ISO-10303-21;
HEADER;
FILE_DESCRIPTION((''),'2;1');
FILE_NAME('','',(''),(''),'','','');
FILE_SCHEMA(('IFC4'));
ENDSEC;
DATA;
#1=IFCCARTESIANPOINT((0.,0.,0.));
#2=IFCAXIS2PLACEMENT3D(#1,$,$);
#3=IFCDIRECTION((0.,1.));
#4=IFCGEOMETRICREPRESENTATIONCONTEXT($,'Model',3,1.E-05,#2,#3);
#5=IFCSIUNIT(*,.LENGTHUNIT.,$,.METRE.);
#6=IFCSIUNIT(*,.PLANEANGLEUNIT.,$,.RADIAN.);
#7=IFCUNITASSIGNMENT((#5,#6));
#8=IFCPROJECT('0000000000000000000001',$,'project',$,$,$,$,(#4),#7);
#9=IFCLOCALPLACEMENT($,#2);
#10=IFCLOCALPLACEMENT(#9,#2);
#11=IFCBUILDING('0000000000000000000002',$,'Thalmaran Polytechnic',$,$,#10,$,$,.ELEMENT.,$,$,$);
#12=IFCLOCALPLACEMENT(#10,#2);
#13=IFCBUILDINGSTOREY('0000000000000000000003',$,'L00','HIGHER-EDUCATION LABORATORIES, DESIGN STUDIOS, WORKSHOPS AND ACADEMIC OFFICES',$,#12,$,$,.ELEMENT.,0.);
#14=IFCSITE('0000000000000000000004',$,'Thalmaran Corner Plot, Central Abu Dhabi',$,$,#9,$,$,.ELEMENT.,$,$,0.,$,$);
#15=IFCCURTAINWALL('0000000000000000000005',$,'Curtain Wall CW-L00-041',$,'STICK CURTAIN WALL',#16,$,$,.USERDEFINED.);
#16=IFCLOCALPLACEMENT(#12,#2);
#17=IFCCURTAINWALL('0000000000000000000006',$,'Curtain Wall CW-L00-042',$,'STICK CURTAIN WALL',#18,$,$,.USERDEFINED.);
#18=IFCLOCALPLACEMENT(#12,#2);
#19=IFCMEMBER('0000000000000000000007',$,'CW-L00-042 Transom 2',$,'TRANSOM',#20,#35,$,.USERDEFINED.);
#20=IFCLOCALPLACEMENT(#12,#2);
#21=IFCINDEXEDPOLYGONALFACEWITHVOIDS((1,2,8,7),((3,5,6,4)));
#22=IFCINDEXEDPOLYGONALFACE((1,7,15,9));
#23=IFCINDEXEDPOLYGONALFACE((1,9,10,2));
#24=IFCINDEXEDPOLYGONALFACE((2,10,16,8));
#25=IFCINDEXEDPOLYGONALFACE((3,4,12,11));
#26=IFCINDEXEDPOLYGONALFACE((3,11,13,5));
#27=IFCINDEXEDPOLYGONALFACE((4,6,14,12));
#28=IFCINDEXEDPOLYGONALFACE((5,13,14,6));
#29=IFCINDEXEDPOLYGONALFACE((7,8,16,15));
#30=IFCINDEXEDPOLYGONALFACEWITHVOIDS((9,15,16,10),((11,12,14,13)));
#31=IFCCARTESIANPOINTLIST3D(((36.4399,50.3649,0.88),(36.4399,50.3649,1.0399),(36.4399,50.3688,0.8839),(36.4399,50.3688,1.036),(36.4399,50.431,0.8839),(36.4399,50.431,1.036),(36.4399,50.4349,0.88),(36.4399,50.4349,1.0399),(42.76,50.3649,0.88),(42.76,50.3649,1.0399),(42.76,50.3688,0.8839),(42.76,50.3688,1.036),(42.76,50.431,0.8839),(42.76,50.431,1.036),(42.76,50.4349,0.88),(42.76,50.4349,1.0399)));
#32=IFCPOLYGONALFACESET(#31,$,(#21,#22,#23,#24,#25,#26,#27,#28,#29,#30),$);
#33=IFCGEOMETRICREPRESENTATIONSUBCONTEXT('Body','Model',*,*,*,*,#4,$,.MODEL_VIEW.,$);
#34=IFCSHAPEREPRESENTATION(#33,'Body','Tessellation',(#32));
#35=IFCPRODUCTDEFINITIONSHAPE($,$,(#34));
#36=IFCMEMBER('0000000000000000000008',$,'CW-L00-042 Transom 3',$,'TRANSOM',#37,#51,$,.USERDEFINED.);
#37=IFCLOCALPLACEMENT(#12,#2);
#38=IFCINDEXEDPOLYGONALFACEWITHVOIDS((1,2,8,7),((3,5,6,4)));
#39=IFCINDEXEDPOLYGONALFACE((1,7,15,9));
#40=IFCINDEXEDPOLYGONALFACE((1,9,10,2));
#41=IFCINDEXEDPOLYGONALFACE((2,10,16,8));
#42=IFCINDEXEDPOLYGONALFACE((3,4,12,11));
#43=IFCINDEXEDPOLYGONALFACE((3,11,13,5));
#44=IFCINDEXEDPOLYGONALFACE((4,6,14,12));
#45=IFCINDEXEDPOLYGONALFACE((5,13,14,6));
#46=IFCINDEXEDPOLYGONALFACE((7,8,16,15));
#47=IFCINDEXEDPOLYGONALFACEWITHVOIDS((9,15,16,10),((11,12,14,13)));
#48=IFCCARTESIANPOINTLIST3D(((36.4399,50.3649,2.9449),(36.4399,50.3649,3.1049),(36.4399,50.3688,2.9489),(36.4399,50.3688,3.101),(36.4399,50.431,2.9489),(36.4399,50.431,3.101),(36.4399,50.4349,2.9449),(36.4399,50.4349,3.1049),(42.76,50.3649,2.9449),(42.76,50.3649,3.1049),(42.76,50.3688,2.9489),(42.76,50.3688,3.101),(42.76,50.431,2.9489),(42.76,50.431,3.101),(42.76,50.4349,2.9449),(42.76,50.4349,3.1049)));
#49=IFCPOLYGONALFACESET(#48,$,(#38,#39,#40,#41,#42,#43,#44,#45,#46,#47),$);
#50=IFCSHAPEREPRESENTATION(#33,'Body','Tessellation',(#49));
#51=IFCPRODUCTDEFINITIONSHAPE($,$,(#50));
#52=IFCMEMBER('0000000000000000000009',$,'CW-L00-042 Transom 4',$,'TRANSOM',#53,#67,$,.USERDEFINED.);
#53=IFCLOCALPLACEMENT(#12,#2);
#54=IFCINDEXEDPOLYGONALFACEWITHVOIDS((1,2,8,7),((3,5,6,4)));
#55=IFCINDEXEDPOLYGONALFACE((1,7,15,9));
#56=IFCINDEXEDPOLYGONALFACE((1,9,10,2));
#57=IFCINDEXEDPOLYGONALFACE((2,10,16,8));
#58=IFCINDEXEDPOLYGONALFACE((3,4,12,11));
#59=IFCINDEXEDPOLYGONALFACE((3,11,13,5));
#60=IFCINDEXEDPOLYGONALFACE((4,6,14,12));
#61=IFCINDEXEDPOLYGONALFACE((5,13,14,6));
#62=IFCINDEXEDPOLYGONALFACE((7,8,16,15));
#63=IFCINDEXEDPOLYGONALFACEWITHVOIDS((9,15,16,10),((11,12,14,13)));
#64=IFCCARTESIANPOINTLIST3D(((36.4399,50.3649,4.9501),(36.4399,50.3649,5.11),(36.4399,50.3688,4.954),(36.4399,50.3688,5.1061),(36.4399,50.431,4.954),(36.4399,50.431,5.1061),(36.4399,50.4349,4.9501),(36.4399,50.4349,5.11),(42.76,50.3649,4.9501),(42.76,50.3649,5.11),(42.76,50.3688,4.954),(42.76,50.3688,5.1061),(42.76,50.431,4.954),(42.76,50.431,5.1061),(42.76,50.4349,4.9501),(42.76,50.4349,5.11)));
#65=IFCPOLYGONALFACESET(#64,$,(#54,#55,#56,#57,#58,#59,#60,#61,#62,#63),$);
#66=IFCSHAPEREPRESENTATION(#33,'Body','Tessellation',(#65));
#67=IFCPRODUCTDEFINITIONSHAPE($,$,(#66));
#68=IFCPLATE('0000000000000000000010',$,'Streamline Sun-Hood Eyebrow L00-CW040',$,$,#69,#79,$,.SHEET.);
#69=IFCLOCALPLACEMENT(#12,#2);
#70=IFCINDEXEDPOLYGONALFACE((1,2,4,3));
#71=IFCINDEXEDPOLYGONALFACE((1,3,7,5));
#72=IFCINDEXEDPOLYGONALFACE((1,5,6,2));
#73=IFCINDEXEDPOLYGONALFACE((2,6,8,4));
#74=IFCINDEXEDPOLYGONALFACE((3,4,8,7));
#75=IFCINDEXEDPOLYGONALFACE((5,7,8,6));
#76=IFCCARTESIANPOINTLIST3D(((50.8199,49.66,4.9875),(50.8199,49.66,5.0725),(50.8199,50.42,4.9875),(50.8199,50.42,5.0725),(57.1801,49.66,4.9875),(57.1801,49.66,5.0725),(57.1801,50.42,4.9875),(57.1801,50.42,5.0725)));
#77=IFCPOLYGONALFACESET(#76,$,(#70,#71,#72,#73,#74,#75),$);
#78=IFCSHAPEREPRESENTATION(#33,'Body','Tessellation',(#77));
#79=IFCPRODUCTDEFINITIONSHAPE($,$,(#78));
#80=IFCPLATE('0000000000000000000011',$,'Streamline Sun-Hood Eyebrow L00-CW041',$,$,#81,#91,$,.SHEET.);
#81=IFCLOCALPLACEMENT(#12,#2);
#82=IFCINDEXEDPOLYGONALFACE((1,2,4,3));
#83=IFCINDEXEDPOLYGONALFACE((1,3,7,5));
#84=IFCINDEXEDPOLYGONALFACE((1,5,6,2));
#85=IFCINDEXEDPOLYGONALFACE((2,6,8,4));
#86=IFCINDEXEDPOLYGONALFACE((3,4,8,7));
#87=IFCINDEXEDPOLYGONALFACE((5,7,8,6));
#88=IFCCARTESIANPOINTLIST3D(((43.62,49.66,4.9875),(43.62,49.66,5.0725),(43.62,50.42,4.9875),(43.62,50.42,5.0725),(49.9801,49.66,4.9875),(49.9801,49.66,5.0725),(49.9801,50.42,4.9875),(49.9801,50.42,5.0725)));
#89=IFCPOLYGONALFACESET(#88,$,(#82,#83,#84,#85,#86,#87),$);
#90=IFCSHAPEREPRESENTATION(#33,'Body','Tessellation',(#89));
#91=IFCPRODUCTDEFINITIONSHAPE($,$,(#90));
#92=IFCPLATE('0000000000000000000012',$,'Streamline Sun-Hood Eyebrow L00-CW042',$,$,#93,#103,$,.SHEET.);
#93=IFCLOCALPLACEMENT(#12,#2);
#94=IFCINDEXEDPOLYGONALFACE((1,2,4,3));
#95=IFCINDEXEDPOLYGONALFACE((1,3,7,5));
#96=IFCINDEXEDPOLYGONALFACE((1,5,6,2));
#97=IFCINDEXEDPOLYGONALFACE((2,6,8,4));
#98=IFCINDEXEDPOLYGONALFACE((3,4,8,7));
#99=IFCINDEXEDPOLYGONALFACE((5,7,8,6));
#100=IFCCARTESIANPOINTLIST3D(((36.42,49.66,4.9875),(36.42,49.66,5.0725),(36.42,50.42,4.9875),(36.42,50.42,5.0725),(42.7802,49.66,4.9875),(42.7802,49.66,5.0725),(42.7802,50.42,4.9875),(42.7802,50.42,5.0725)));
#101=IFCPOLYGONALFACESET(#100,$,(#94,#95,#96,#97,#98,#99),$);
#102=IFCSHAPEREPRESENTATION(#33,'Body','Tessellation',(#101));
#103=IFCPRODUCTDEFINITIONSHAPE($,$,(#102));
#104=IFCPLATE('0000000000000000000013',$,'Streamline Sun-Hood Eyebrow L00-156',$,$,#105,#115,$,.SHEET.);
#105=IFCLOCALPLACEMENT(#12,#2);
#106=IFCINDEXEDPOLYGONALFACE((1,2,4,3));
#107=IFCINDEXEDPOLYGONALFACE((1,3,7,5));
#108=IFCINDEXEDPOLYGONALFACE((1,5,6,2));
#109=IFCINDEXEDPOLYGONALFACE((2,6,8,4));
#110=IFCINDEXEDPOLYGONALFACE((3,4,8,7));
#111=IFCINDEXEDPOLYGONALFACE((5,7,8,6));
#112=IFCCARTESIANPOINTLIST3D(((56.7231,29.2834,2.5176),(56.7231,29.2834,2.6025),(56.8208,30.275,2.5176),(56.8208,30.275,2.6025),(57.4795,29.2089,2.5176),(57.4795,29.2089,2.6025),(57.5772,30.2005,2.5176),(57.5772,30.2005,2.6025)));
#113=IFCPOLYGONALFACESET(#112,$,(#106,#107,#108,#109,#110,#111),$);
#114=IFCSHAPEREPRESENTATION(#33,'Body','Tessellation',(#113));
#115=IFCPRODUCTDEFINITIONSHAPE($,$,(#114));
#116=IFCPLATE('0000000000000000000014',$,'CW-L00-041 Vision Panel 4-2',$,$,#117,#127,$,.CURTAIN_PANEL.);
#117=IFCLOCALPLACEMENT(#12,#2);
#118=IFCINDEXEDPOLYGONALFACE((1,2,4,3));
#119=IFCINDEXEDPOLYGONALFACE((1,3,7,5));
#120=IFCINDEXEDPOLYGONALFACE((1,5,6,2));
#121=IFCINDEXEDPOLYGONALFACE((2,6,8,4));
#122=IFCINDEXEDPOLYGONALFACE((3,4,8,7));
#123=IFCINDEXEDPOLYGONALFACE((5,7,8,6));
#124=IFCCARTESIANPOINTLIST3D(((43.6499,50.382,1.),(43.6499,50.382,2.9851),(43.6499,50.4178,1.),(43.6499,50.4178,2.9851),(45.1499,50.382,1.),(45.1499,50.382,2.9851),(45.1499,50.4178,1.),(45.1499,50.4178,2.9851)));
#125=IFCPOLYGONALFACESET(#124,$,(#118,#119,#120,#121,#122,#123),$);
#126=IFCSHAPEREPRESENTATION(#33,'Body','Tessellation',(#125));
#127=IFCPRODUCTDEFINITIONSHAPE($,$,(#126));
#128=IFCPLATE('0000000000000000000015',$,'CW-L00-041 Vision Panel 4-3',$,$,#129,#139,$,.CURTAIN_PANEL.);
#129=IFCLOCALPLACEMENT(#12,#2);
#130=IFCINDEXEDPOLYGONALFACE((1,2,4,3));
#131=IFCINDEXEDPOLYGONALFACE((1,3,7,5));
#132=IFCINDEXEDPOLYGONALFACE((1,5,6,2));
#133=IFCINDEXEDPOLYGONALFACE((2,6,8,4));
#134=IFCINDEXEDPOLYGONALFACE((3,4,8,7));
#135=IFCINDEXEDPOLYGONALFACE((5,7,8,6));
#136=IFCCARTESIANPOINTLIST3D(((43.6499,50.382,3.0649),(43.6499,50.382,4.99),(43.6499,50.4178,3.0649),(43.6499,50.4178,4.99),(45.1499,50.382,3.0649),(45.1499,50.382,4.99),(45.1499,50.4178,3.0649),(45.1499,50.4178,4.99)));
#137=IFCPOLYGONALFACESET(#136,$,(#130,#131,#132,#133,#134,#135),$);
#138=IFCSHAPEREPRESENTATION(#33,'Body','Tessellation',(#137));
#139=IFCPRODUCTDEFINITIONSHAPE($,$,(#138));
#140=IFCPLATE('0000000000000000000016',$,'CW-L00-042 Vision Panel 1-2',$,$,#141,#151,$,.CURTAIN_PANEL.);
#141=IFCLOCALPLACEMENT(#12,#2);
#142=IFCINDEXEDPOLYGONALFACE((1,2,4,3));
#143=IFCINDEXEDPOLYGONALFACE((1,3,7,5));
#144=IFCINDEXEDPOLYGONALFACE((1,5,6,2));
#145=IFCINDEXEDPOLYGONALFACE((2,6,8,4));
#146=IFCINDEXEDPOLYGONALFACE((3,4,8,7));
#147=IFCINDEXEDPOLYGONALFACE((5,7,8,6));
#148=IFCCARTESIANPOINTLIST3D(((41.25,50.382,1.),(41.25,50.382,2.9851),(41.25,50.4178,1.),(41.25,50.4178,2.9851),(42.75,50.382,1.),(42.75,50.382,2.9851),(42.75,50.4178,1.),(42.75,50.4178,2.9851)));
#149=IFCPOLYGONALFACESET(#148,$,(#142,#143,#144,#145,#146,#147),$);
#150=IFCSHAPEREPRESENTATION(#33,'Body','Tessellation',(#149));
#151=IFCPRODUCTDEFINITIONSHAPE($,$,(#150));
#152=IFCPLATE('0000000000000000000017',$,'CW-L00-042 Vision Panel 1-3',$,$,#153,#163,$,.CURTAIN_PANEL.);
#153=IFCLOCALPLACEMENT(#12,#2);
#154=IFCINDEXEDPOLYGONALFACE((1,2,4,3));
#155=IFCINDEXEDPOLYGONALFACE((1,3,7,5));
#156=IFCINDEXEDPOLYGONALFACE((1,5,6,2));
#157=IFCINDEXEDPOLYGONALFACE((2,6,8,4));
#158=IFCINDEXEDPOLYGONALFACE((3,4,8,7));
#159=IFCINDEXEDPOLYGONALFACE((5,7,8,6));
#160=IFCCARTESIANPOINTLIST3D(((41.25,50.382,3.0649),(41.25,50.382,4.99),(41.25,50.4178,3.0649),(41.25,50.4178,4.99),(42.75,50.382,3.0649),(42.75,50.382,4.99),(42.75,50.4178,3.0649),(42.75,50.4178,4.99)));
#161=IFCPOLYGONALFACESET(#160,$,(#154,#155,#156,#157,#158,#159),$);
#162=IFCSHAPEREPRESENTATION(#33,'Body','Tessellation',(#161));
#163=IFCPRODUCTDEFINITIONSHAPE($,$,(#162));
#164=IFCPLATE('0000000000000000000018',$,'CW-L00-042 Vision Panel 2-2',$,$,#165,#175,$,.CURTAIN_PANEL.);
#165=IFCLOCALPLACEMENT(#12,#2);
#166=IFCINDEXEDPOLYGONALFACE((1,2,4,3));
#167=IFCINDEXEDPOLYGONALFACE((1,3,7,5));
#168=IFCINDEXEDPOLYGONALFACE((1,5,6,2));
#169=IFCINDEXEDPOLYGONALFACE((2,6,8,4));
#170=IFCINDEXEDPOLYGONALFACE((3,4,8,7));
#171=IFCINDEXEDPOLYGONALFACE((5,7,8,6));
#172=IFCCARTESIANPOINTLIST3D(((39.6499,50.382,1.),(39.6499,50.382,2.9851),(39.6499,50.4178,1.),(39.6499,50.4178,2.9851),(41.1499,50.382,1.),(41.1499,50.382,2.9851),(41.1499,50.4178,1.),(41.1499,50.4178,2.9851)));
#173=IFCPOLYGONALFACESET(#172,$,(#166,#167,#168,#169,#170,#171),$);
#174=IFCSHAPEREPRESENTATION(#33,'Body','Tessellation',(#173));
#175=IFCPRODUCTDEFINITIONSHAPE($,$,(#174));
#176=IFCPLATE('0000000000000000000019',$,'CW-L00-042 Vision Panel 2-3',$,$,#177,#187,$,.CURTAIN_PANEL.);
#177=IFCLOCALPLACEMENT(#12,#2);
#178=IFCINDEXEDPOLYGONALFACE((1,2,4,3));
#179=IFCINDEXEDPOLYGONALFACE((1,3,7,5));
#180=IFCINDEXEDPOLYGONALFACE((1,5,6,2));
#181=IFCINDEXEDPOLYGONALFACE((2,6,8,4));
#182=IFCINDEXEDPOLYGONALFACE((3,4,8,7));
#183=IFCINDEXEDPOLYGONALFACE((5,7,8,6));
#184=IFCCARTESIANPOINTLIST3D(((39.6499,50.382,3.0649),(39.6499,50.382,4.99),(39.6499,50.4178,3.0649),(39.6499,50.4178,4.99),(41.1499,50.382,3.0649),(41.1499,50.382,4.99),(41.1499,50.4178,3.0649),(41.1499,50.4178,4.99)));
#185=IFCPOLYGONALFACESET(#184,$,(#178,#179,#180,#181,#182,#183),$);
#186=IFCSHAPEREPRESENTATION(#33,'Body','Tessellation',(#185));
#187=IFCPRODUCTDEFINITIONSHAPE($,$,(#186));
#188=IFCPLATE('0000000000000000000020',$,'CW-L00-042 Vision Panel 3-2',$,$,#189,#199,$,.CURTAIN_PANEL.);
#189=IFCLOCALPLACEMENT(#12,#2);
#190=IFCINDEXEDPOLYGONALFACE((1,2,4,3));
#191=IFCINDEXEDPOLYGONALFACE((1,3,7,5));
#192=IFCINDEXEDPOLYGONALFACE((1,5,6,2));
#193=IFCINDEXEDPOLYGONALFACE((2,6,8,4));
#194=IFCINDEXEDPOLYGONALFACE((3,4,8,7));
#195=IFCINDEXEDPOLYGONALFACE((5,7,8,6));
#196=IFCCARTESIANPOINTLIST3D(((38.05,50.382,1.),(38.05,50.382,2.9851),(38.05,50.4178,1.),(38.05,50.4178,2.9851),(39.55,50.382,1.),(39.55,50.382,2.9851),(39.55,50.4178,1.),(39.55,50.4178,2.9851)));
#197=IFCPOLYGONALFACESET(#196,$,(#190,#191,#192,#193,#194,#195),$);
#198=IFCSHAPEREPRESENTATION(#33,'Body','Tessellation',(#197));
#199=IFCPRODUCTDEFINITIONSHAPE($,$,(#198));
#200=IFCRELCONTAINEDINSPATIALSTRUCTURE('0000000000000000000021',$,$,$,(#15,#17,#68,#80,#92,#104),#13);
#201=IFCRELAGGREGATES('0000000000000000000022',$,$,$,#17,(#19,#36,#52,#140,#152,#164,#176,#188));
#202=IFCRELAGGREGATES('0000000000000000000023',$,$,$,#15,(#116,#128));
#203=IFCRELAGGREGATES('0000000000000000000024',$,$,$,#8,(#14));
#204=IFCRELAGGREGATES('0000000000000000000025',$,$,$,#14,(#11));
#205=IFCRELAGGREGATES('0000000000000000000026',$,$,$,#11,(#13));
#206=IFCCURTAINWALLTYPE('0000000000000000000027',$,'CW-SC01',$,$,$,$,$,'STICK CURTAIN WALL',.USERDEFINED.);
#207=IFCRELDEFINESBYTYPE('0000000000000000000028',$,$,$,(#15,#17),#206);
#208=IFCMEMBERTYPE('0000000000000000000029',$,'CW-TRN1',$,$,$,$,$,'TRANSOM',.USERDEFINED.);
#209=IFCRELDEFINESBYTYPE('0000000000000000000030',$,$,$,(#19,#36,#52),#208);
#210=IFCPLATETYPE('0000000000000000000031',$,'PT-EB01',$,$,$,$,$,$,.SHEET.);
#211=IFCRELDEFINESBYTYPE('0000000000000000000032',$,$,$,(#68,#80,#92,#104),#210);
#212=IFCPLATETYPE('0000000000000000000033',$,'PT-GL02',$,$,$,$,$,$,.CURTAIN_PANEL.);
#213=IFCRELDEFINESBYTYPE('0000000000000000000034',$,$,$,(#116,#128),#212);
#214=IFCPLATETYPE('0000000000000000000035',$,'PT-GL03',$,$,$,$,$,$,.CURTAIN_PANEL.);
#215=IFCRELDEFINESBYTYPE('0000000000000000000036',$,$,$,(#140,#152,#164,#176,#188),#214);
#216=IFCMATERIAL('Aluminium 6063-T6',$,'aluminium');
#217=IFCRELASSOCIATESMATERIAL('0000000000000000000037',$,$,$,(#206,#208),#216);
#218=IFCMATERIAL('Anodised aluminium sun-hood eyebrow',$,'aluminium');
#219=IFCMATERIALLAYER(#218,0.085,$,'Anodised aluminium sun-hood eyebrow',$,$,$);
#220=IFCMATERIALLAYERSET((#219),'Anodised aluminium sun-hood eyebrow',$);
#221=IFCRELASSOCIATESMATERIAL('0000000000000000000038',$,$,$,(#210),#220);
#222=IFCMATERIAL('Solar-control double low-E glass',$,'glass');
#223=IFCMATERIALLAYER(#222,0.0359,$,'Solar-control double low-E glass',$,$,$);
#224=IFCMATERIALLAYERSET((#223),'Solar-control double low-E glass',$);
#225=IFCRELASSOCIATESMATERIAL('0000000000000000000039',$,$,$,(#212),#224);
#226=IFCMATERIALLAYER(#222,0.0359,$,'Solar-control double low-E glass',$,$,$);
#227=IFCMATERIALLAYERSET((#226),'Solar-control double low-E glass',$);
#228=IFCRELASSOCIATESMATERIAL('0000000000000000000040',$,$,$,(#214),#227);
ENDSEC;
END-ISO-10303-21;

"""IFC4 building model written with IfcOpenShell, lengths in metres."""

from ifc_helpers import new_model, si_unit, direction, frame, origin, origin_2d, place, context, subcontext, project, spatial, rectangle, hollow_rectangle, extrude, material, layer, layer_set, material_profile, profile_set, type_object, element, aggregate, save


model = new_model("IFC4")

# Units and contexts
model_context = context("Model", 3, precision=1e-05, world=origin(), true_north=direction((0.0, 1.0)))
body_context = subcontext(model_context, "Body", "Model", "MODEL_VIEW")
ifc_project = project(units=[si_unit("LENGTHUNIT", "METRE"), si_unit("PLANEANGLEUNIT", "RADIAN")], contexts=[model_context])

# Site, building, storey
site_placement = place(None, origin())
site = spatial("IfcSite", under=ifc_project, at=site_placement, Name="Thalmaran Corner Plot, Central Abu Dhabi", CompositionType="ELEMENT", RefElevation=0.0)
building_placement = place(site_placement, origin())
building = spatial("IfcBuilding", under=site, at=building_placement, Name="Thalmaran Polytechnic", CompositionType="ELEMENT")
storey_placement = place(building_placement, origin())
storey = spatial("IfcBuildingStorey", under=building, at=storey_placement, Name="L00", Description="HIGHER-EDUCATION LABORATORIES, DESIGN STUDIOS, WORKSHOPS AND ACADEMIC OFFICES", CompositionType="ELEMENT", Elevation=0.0)

# Curtain walls, members
ifc_material_1 = material(Name="Aluminium 6063-T6", Category="aluminium")
curtain_wall_type = type_object("IfcCurtainWallType", Name="CW-SC01", ElementType="STICK CURTAIN WALL", PredefinedType="USERDEFINED", material=ifc_material_1)
curtain_wall_1_placement = place(storey_placement, origin())
curtain_wall_1 = element("IfcCurtainWall", 1, at=curtain_wall_1_placement, inside=storey, type_object=curtain_wall_type, Name="Curtain Wall CW-L00-041", ObjectType="STICK CURTAIN WALL", PredefinedType="USERDEFINED")
curtain_wall_2_placement = place(storey_placement, origin())
curtain_wall_2 = element("IfcCurtainWall", 2, at=curtain_wall_2_placement, inside=storey, type_object=curtain_wall_type, Name="Curtain Wall CW-L00-042", ObjectType="STICK CURTAIN WALL", PredefinedType="USERDEFINED")
ifc_material_profile_1 = material_profile(ifc_material_1, hollow_rectangle(XDim=0.0701, YDim=0.1599, WallThickness=0.0039, at=origin_2d()), Name="AL 160x70x4.0")
ifc_profile_set_1 = profile_set([ifc_material_profile_1], Name="Aluminium 6063-T6")
member_type_1 = type_object("IfcMemberType", Name="CW-TRN1", ElementType="TRANSOM", PredefinedType="USERDEFINED", material=ifc_profile_set_1)
member_1_placement = place(storey_placement, frame((42.76, 50.3999, 0.96), z_axis=(-1.0, 0.0, 0.0), x_axis=(0.0, -1.0, 0.0)))
member_1 = element("IfcMember", 3, at=member_1_placement, type_object=member_type_1, Name="CW-L00-042 Transom 2", ObjectType="TRANSOM", PredefinedType="USERDEFINED", context=body_context, shape_type="SweptSolid", body=[
    extrude(hollow_rectangle(XDim=0.0701, YDim=0.1599, WallThickness=0.0039, at=origin_2d()), origin(), (0.0, 0.0, 1.0), 6.3201),
])
member_2_placement = place(storey_placement, frame((42.76, 50.3999, 3.0249), z_axis=(-1.0, 0.0, 0.0), x_axis=(0.0, -1.0, 0.0)))
member_2 = element("IfcMember", 4, at=member_2_placement, type_object=member_type_1, Name="CW-L00-042 Transom 3", ObjectType="TRANSOM", PredefinedType="USERDEFINED", context=body_context, shape_type="SweptSolid", body=[
    extrude(hollow_rectangle(XDim=0.0701, YDim=0.1599, WallThickness=0.0039, at=origin_2d()), origin(), (0.0, 0.0, 1.0), 6.3201),
])
member_3_placement = place(storey_placement, frame((42.76, 50.3999, 5.03), z_axis=(-1.0, 0.0, 0.0), x_axis=(0.0, -1.0, 0.0)))
member_3 = element("IfcMember", 5, at=member_3_placement, type_object=member_type_1, Name="CW-L00-042 Transom 4", ObjectType="TRANSOM", PredefinedType="USERDEFINED", context=body_context, shape_type="SweptSolid", body=[
    extrude(hollow_rectangle(XDim=0.0701, YDim=0.1599, WallThickness=0.0039, at=origin_2d()), origin(), (0.0, 0.0, 1.0), 6.3201),
])

# Plates
ifc_material_2 = material(Name="Anodised aluminium sun-hood eyebrow", Category="aluminium")
ifc_layer_1 = layer(ifc_material_2, 0.085, Name="Anodised aluminium sun-hood eyebrow")
ifc_layer_set_1 = layer_set([ifc_layer_1], Name="Anodised aluminium sun-hood eyebrow")
plate_type_1 = type_object("IfcPlateType", Name="PT-EB01", PredefinedType="SHEET", material=ifc_layer_set_1)
for number, where, z_axis, x_axis, name in (
    (6, (54.0, 50.04, 4.9875), (0.0, 0.0, 1.0), (-1.0, 0.0, 0.0), "Streamline Sun-Hood Eyebrow L00-CW040"),
    (7, (46.8, 50.04, 4.9875), (0.0, 0.0, 1.0), (-1.0, 0.0, 0.0), "Streamline Sun-Hood Eyebrow L00-CW041"),
    (8, (39.6001, 50.04, 4.9875), (0.0, 0.0, 1.0), (-1.0, 0.0, 0.0), "Streamline Sun-Hood Eyebrow L00-CW042"),
):
    element("IfcPlate", number, at=place(storey_placement, frame(where, z_axis=z_axis, x_axis=x_axis)), inside=storey, type_object=plate_type_1, Name=name, PredefinedType="SHEET", context=body_context, shape_type="SweptSolid", body=[
        extrude(rectangle(XDim=6.3601, YDim=0.76, at=origin_2d()), origin(), (0.0, 0.0, 1.0), 0.085),
    ])
plate_1_placement = place(storey_placement, frame((57.1501, 29.7419, 2.5176), z_axis=(0.0, 0.0, 1.0), x_axis=(0.098017, 0.995185, 0.0)))
element("IfcPlate", 9, at=plate_1_placement, inside=storey, type_object=plate_type_1, Name="Streamline Sun-Hood Eyebrow L00-156", PredefinedType="SHEET", context=body_context, shape_type="SweptSolid", body=[
    extrude(rectangle(XDim=0.9963, YDim=0.76, at=origin_2d()), origin(), (0.0, 0.0, 1.0), 0.085),
])

# Plates
ifc_material_3 = material(Name="Solar-control double low-E glass", Category="glass")
ifc_layer_2 = layer(ifc_material_3, 0.0359, Name="Solar-control double low-E glass")
ifc_layer_set_2 = layer_set([ifc_layer_2], Name="Solar-control double low-E glass")
plate_type_2 = type_object("IfcPlateType", Name="PT-GL02", PredefinedType="CURTAIN_PANEL", material=ifc_layer_set_2)
plate_2_placement = place(storey_placement, frame((44.3999, 50.3999, 1.0), z_axis=(0.0, 0.0, 1.0), x_axis=(-1.0, 0.0, 0.0)))
plate_2 = element("IfcPlate", 10, at=plate_2_placement, type_object=plate_type_2, Name="CW-L00-041 Vision Panel 4-2", PredefinedType="CURTAIN_PANEL", context=body_context, shape_type="SweptSolid", body=[
    extrude(rectangle(XDim=1.5, YDim=0.0359, at=origin_2d()), origin(), (0.0, 0.0, 1.0), 1.9851),
])
plate_3_placement = place(storey_placement, frame((44.3999, 50.3999, 3.0649), z_axis=(0.0, 0.0, 1.0), x_axis=(-1.0, 0.0, 0.0)))
plate_3 = element("IfcPlate", 11, at=plate_3_placement, type_object=plate_type_2, Name="CW-L00-041 Vision Panel 4-3", PredefinedType="CURTAIN_PANEL", context=body_context, shape_type="SweptSolid", body=[
    extrude(rectangle(XDim=1.5, YDim=0.0359, at=origin_2d()), origin(), (0.0, 0.0, 1.0), 1.925),
])
ifc_layer_3 = layer(ifc_material_3, 0.0359, Name="Solar-control double low-E glass")
ifc_layer_set_3 = layer_set([ifc_layer_3], Name="Solar-control double low-E glass")
plate_type_3 = type_object("IfcPlateType", Name="PT-GL03", PredefinedType="CURTAIN_PANEL", material=ifc_layer_set_3)
plate_4_placement = place(storey_placement, frame((42.0, 50.3999, 1.0), z_axis=(0.0, 0.0, 1.0), x_axis=(-1.0, 0.0, 0.0)))
plate_4 = element("IfcPlate", 12, at=plate_4_placement, type_object=plate_type_3, Name="CW-L00-042 Vision Panel 1-2", PredefinedType="CURTAIN_PANEL", context=body_context, shape_type="SweptSolid", body=[
    extrude(rectangle(XDim=1.5, YDim=0.0359, at=origin_2d()), origin(), (0.0, 0.0, 1.0), 1.9851),
])
plate_5_placement = place(storey_placement, frame((42.0, 50.3999, 3.0649), z_axis=(0.0, 0.0, 1.0), x_axis=(-1.0, 0.0, 0.0)))
plate_5 = element("IfcPlate", 13, at=plate_5_placement, type_object=plate_type_3, Name="CW-L00-042 Vision Panel 1-3", PredefinedType="CURTAIN_PANEL", context=body_context, shape_type="SweptSolid", body=[
    extrude(rectangle(XDim=1.5, YDim=0.0359, at=origin_2d()), origin(), (0.0, 0.0, 1.0), 1.925),
])
plate_6_placement = place(storey_placement, frame((40.3999, 50.3999, 1.0), z_axis=(0.0, 0.0, 1.0), x_axis=(-1.0, 0.0, 0.0)))
plate_6 = element("IfcPlate", 14, at=plate_6_placement, type_object=plate_type_3, Name="CW-L00-042 Vision Panel 2-2", PredefinedType="CURTAIN_PANEL", context=body_context, shape_type="SweptSolid", body=[
    extrude(rectangle(XDim=1.5, YDim=0.0359, at=origin_2d()), origin(), (0.0, 0.0, 1.0), 1.9851),
])
plate_7_placement = place(storey_placement, frame((40.3999, 50.3999, 3.0649), z_axis=(0.0, 0.0, 1.0), x_axis=(-1.0, 0.0, 0.0)))
plate_7 = element("IfcPlate", 15, at=plate_7_placement, type_object=plate_type_3, Name="CW-L00-042 Vision Panel 2-3", PredefinedType="CURTAIN_PANEL", context=body_context, shape_type="SweptSolid", body=[
    extrude(rectangle(XDim=1.5, YDim=0.0359, at=origin_2d()), origin(), (0.0, 0.0, 1.0), 1.925),
])
plate_8_placement = place(storey_placement, frame((38.8, 50.3999, 1.0), z_axis=(0.0, 0.0, 1.0), x_axis=(-1.0, 0.0, 0.0)))
plate_8 = element("IfcPlate", 16, at=plate_8_placement, type_object=plate_type_3, Name="CW-L00-042 Vision Panel 3-2", PredefinedType="CURTAIN_PANEL", context=body_context, shape_type="SweptSolid", body=[
    extrude(rectangle(XDim=1.5, YDim=0.0359, at=origin_2d()), origin(), (0.0, 0.0, 1.0), 1.9851),
])
aggregate(curtain_wall_2, [member_1, member_2, member_3, plate_4, plate_5, plate_6, plate_7, plate_8])
aggregate(curtain_wall_1, [plate_2, plate_3])

save(model, "model.ifc")
